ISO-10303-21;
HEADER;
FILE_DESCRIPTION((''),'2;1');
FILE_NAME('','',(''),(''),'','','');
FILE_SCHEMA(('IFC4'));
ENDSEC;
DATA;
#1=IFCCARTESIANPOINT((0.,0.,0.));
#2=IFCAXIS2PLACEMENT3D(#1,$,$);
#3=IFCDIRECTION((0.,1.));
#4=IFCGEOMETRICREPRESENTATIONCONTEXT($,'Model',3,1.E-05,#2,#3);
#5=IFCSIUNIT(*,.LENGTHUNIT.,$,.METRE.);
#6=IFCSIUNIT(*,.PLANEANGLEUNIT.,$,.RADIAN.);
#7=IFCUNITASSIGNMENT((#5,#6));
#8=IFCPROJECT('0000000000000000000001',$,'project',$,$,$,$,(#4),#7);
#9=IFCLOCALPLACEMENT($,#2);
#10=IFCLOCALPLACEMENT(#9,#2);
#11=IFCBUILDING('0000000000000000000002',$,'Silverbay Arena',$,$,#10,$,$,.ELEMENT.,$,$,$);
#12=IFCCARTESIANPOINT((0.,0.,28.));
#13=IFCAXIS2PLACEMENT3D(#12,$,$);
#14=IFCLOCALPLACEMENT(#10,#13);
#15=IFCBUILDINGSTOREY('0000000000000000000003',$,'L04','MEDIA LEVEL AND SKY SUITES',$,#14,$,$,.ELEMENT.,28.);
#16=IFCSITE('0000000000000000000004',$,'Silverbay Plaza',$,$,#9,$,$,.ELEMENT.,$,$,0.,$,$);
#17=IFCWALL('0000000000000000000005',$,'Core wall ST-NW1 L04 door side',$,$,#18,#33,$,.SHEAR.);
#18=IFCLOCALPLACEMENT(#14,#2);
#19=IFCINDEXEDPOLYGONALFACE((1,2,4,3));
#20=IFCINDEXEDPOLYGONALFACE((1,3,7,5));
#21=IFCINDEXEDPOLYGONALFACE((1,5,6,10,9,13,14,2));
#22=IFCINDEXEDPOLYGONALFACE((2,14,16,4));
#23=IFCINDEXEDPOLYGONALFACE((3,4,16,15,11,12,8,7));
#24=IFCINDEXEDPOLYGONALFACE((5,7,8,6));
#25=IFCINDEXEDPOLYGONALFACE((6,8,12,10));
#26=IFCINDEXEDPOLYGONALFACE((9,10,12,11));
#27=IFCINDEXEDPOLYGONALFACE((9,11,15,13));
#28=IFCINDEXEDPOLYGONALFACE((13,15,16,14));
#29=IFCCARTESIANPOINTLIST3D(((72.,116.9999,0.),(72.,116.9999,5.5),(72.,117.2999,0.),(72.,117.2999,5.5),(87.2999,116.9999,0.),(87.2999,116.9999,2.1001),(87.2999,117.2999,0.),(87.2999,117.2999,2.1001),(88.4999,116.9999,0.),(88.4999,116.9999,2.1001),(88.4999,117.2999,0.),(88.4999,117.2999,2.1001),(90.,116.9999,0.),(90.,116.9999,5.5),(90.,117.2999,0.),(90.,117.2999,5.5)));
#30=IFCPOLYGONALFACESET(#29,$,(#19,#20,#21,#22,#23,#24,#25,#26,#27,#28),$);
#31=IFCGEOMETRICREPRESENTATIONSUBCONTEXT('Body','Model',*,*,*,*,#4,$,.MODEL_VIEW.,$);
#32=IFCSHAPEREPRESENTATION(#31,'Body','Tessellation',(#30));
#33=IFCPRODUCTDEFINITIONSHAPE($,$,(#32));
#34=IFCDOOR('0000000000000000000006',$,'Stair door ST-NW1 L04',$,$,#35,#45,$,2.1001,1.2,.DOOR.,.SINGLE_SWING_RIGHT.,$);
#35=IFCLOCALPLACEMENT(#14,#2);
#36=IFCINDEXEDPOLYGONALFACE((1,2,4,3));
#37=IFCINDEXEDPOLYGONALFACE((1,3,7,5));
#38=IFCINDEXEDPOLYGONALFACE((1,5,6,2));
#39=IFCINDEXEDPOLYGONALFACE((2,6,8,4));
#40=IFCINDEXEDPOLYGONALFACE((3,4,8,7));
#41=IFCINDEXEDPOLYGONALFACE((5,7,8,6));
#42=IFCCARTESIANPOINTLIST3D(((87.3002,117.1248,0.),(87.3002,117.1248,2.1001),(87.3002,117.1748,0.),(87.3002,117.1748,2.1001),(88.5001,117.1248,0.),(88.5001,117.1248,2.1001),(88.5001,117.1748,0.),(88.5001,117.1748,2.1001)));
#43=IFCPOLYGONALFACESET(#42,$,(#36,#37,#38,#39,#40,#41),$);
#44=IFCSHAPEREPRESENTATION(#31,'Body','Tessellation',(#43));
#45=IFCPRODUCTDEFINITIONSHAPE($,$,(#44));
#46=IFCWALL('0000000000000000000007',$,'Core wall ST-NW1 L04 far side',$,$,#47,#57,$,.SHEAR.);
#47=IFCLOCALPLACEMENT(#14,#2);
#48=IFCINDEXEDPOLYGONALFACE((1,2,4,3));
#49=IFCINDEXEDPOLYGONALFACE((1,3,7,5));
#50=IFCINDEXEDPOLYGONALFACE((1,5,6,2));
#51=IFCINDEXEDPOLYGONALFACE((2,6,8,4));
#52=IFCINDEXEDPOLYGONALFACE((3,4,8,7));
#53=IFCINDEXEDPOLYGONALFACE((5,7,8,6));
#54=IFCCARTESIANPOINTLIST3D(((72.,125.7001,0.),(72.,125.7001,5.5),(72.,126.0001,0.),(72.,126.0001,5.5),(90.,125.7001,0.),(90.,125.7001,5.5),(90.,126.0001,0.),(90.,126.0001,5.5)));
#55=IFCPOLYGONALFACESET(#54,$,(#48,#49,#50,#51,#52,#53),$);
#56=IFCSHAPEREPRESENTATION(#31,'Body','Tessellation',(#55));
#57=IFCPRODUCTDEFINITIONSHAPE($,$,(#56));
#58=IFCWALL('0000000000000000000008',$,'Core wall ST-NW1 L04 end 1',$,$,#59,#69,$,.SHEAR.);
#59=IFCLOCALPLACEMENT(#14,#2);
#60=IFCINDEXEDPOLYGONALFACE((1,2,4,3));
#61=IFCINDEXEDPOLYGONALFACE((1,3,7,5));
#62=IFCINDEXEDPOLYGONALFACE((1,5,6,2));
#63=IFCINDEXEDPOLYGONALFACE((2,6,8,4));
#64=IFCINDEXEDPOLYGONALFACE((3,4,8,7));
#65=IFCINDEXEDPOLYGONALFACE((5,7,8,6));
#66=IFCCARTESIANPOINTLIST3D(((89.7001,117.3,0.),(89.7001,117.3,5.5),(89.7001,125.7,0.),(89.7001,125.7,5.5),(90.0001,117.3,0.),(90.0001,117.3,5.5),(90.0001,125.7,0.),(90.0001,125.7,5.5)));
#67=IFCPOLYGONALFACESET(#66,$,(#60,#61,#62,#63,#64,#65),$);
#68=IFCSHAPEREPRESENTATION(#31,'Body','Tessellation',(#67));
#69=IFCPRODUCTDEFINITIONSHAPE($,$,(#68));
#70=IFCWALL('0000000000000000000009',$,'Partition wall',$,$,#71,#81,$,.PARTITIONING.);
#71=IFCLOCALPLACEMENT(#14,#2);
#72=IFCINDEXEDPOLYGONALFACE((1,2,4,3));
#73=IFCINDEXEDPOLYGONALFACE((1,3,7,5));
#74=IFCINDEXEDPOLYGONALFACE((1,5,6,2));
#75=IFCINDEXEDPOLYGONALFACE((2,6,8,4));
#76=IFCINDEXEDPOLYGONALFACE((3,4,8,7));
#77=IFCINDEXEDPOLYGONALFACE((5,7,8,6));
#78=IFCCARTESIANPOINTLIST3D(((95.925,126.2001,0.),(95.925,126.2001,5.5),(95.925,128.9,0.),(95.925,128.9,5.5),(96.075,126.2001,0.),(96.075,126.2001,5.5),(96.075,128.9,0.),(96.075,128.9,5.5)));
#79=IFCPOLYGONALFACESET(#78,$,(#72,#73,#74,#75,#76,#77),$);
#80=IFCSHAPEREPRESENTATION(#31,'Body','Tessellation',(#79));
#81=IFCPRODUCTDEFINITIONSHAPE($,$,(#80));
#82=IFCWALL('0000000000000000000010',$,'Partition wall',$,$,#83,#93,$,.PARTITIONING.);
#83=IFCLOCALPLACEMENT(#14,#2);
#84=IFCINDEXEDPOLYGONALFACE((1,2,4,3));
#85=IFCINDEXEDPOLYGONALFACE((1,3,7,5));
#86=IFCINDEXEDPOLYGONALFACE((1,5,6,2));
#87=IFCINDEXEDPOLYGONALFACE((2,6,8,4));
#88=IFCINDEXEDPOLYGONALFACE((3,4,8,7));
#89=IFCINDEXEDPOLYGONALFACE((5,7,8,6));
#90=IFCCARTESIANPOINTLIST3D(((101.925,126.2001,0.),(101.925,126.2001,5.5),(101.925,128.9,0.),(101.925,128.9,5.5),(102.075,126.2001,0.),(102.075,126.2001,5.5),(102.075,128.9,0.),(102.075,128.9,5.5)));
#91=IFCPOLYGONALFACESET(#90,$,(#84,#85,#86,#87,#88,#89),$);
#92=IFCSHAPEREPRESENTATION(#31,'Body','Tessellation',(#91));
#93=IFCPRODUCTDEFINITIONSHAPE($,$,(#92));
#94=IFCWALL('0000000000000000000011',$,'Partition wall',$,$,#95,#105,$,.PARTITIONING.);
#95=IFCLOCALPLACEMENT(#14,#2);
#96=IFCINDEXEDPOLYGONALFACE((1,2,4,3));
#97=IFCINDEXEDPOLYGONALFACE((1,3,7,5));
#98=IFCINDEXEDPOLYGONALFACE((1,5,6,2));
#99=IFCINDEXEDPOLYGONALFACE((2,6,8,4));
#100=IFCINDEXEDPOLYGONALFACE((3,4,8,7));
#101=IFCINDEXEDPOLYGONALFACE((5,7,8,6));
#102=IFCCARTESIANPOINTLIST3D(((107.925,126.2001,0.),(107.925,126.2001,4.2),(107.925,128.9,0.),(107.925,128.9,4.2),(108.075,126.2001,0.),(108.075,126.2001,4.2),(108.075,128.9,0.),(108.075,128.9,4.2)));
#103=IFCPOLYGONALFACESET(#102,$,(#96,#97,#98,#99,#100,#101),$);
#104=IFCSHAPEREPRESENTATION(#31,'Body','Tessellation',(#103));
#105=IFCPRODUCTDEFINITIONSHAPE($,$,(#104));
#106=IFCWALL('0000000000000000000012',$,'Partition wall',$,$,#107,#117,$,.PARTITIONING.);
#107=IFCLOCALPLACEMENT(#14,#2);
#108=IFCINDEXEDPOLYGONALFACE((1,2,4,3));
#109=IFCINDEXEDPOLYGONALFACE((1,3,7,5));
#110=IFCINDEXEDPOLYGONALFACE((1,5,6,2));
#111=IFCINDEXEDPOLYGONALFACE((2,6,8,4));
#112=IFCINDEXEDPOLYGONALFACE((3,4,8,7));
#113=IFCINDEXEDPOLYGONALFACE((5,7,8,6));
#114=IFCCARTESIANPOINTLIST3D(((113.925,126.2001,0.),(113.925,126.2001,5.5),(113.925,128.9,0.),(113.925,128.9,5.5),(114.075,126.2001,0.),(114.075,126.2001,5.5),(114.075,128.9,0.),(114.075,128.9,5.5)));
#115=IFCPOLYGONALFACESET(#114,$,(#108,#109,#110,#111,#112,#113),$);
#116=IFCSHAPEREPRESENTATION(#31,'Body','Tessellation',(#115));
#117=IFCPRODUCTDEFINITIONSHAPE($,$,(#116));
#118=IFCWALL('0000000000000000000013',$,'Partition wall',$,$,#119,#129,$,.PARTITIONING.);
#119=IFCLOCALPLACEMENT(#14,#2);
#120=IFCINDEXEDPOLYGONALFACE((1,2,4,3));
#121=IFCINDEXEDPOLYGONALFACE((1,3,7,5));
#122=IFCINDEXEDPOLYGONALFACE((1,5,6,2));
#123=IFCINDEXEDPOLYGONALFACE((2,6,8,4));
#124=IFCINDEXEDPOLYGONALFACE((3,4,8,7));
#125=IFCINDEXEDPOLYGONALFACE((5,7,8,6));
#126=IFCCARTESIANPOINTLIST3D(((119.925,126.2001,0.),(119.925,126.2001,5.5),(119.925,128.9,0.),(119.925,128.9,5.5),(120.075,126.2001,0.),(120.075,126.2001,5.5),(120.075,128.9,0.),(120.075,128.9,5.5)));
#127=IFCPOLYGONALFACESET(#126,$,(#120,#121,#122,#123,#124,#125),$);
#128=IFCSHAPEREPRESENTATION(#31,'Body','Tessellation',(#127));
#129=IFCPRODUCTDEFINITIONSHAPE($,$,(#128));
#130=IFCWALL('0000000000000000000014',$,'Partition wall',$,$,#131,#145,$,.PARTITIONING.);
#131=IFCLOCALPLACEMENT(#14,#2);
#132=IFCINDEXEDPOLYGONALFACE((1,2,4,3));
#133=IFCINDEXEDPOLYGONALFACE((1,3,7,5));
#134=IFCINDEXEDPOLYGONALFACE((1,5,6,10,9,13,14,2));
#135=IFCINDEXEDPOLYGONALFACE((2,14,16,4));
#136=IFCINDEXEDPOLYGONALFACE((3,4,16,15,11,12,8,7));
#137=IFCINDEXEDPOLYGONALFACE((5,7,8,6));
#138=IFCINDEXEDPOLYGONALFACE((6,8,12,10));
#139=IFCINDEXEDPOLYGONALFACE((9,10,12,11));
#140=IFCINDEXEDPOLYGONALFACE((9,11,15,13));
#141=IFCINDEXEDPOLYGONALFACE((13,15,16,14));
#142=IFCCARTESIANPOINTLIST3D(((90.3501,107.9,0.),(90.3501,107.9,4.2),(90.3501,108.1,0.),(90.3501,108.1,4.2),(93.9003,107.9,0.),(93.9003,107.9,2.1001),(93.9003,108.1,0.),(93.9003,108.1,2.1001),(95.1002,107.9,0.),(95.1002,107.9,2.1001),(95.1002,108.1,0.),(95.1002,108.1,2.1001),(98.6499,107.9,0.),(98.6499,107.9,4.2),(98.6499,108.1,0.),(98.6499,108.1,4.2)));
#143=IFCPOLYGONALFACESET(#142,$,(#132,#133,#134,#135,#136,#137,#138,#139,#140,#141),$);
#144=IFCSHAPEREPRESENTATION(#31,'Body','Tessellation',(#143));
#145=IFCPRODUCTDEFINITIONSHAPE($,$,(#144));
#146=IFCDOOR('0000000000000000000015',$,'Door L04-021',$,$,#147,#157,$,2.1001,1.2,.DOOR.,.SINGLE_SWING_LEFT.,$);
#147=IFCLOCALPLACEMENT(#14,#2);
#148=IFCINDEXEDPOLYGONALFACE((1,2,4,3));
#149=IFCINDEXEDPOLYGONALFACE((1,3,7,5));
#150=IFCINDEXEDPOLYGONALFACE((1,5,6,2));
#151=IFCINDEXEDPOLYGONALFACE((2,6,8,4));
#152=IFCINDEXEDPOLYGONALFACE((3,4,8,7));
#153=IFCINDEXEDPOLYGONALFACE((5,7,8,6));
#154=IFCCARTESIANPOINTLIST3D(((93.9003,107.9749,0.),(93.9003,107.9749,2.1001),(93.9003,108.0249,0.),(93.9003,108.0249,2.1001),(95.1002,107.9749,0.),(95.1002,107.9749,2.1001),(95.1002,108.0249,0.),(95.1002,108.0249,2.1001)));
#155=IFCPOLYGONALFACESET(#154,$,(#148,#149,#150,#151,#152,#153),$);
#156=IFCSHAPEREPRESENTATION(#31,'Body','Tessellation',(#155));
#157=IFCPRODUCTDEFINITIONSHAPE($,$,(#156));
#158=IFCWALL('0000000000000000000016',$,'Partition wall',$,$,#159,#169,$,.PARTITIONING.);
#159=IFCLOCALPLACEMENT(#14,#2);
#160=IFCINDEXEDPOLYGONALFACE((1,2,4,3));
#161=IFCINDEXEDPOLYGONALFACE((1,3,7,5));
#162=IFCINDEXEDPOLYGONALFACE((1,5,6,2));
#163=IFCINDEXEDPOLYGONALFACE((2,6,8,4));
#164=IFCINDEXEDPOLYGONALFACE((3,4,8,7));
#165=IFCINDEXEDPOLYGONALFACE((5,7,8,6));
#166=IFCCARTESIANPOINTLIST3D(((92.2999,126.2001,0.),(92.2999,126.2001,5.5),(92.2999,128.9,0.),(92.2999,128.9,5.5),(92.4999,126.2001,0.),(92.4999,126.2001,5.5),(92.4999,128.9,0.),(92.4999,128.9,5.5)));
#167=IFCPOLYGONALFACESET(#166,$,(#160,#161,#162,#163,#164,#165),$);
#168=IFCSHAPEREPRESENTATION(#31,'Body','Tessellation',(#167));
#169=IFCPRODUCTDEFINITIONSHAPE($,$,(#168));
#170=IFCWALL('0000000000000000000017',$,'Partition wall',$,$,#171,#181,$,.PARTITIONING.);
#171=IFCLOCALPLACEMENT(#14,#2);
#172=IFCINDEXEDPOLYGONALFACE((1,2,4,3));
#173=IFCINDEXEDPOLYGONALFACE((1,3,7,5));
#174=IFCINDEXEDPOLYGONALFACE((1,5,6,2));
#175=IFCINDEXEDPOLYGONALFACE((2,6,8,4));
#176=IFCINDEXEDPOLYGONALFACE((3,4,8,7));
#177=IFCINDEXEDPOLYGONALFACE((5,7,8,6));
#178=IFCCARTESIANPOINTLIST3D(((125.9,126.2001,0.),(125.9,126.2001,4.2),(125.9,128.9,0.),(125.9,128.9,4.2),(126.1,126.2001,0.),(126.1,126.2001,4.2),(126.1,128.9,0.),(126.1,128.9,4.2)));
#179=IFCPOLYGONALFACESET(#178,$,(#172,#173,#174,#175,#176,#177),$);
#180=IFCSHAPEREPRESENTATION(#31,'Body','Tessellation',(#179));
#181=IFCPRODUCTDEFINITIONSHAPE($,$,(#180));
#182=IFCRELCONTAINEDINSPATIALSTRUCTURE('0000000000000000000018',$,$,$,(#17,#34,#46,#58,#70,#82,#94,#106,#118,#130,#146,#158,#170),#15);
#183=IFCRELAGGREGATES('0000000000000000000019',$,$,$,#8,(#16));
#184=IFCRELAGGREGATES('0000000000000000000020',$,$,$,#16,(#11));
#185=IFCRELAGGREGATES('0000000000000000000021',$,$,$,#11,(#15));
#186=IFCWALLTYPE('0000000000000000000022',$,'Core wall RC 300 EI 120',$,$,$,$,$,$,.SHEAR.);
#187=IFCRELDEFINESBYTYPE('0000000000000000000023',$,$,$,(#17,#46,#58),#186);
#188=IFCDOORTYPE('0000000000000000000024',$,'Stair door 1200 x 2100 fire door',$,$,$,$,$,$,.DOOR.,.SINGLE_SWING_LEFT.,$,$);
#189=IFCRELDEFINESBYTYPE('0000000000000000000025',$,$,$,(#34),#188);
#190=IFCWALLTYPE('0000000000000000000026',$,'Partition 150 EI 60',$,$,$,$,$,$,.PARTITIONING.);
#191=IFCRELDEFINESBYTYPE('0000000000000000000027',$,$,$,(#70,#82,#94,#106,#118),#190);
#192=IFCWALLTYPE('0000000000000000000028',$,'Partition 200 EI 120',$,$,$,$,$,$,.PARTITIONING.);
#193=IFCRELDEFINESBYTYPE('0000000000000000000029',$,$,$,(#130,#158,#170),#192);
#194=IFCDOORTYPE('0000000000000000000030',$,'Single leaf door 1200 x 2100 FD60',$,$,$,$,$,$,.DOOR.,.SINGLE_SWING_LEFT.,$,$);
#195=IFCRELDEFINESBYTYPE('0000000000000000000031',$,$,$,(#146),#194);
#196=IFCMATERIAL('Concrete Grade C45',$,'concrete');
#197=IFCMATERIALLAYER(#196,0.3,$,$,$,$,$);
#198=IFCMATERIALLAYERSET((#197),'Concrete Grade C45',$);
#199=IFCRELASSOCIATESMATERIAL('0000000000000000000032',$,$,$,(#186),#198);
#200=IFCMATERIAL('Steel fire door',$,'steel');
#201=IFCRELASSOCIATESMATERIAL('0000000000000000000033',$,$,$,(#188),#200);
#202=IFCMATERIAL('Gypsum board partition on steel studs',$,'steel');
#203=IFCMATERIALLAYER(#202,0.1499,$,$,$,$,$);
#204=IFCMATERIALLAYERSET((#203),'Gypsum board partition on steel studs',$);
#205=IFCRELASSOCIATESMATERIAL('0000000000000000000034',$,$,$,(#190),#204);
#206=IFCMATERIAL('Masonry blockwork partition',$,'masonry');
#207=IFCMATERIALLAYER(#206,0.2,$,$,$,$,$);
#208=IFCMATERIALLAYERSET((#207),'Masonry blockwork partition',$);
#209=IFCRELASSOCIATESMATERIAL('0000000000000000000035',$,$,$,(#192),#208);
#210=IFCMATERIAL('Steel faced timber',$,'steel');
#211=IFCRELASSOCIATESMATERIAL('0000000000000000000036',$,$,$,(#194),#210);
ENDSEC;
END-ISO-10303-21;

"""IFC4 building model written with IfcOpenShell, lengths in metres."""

from ifc_helpers import new_model, si_unit, direction, frame, frame_2d, origin, place, context, subcontext, project, spatial, rectangle, extrude, material, layer, layer_set, type_object, element, fill, save


model = new_model("IFC4")

# Units and contexts
model_context = context("Model", 3, precision=1e-05, world=origin(), true_north=direction((0.0, 1.0)))
body_context = subcontext(model_context, "Body", "Model", "MODEL_VIEW")
ifc_project = project(units=[si_unit("LENGTHUNIT", "METRE"), si_unit("PLANEANGLEUNIT", "RADIAN")], contexts=[model_context])

# Site, building, storey
site_placement = place(None, origin())
site = spatial("IfcSite", under=ifc_project, at=site_placement, Name="Silverbay Plaza", CompositionType="ELEMENT", RefElevation=0.0)
building_placement = place(site_placement, origin())
building = spatial("IfcBuilding", under=site, at=building_placement, Name="Silverbay Arena", CompositionType="ELEMENT")
storey_placement = place(building_placement, frame((0.0, 0.0, 28.0)))
storey = spatial("IfcBuildingStorey", under=building, at=storey_placement, Name="L04", Description="MEDIA LEVEL AND SKY SUITES", CompositionType="ELEMENT", Elevation=28.0)

# Wall, opening, door
ifc_material_1 = material(Name="Concrete Grade C45", Category="concrete")
ifc_layer_1 = layer(ifc_material_1, 0.3)
ifc_layer_set_1 = layer_set([ifc_layer_1], Name="Concrete Grade C45")
wall_type_1 = type_object("IfcWallType", Name="Core wall RC 300 EI 120", PredefinedType="SHEAR", material=ifc_layer_set_1)
wall_1_placement = place(storey_placement, frame((90.0, 117.1499, 0.0), z_axis=(0.0, 0.0, 1.0), x_axis=(-1.0, 0.0, 0.0)))
wall_1 = element("IfcWall", 1, at=wall_1_placement, inside=storey, type_object=wall_type_1, Name="Core wall ST-NW1 L04 door side", PredefinedType="SHEAR", context=body_context, shape_type="SweptSolid", body=[
    extrude(rectangle(XDim=18.0, YDim=0.3, at=frame_2d((9.0, 0.0))), origin(), (0.0, 0.0, 1.0), 5.5),
])
opening_1_placement = place(wall_1_placement, frame((1.5, 0.0, 0.0)))
opening_1 = element("IfcOpeningElement", 2, at=opening_1_placement, cuts=wall_1, PredefinedType="OPENING", context=body_context, shape_type="SweptSolid", body=[
    extrude(rectangle(XDim=1.2, YDim=2.1001, at=frame_2d((0.6001, 1.05))), frame((0.0, 0.1602, 0.0), z_axis=(0.0, -1.0, 0.0), x_axis=(1.0, 0.0, 0.0)), (0.0, 0.0, 1.0), 0.3201),
])
ifc_material_2 = material(Name="Steel fire door", Category="steel")
door_type_1 = type_object("IfcDoorType", Name="Stair door 1200 x 2100 fire door", OperationType="SINGLE_SWING_LEFT", PredefinedType="DOOR", material=ifc_material_2)
door_1_placement = place(opening_1_placement, frame((1.2, 0.0, 0.0), z_axis=(0.0, 0.0, 1.0), x_axis=(-1.0, 0.0, 0.0)))
door_1 = element("IfcDoor", 3, at=door_1_placement, inside=storey, type_object=door_type_1, Name="Stair door ST-NW1 L04", OperationType="SINGLE_SWING_RIGHT", OverallHeight=2.1001, OverallWidth=1.2, PredefinedType="DOOR", context=body_context, shape_type="SweptSolid", body=[
    extrude(rectangle(XDim=1.2, YDim=2.1001, at=frame_2d((0.6001, 1.05))), frame((0.0, 0.0249, 0.0), z_axis=(0.0, -1.0, 0.0), x_axis=(1.0, 0.0, 0.0)), (0.0, 0.0, 1.0), 0.05),
])
fill(opening_1, door_1)

# Walls
wall_2_placement = place(storey_placement, frame((90.0, 125.8501, 0.0), z_axis=(0.0, 0.0, 1.0), x_axis=(-1.0, 0.0, 0.0)))
element("IfcWall", 4, at=wall_2_placement, inside=storey, type_object=wall_type_1, Name="Core wall ST-NW1 L04 far side", PredefinedType="SHEAR", context=body_context, shape_type="SweptSolid", body=[
    extrude(rectangle(XDim=18.0, YDim=0.3, at=frame_2d((9.0, 0.0))), origin(), (0.0, 0.0, 1.0), 5.5),
])
wall_3_placement = place(storey_placement, frame((89.8501, 117.3, 0.0), z_axis=(0.0, 0.0, 1.0), x_axis=(0.0, 1.0, 0.0)))
element("IfcWall", 5, at=wall_3_placement, inside=storey, type_object=wall_type_1, Name="Core wall ST-NW1 L04 end 1", PredefinedType="SHEAR", context=body_context, shape_type="SweptSolid", body=[
    extrude(rectangle(XDim=8.3999, YDim=0.3, at=frame_2d((4.2, 0.0))), origin(), (0.0, 0.0, 1.0), 5.5),
])
ifc_material_3 = material(Name="Gypsum board partition on steel studs", Category="steel")
ifc_layer_2 = layer(ifc_material_3, 0.1499)
ifc_layer_set_2 = layer_set([ifc_layer_2], Name="Gypsum board partition on steel studs")
wall_type_2 = type_object("IfcWallType", Name="Partition 150 EI 60", PredefinedType="PARTITIONING", material=ifc_layer_set_2)
for number, where, z_axis, x_axis, name in (
    (6, (96.0, 126.2, 0.0), (0.0, 0.0, 1.0), (0.0, 1.0, 0.0), "Partition wall"),
    (7, (102.0, 126.2, 0.0), (0.0, 0.0, 1.0), (0.0, 1.0, 0.0), "Partition wall"),
):
    element("IfcWall", number, at=place(storey_placement, frame(where, z_axis=z_axis, x_axis=x_axis)), inside=storey, type_object=wall_type_2, Name=name, PredefinedType="PARTITIONING", context=body_context, shape_type="SweptSolid", body=[
        extrude(rectangle(XDim=2.7, YDim=0.1499, at=frame_2d((1.3501, 0.0))), origin(), (0.0, 0.0, 1.0), 5.5),
    ])
wall_4_placement = place(storey_placement, frame((108.0, 126.2, 0.0), z_axis=(0.0, 0.0, 1.0), x_axis=(0.0, 1.0, 0.0)))
element("IfcWall", 8, at=wall_4_placement, inside=storey, type_object=wall_type_2, Name="Partition wall", PredefinedType="PARTITIONING", context=body_context, shape_type="SweptSolid", body=[
    extrude(rectangle(XDim=2.7, YDim=0.1499, at=frame_2d((1.3501, 0.0))), origin(), (0.0, 0.0, 1.0), 4.2),
])
for number, where, z_axis, x_axis, name in (
    (9, (114.0, 126.2, 0.0), (0.0, 0.0, 1.0), (0.0, 1.0, 0.0), "Partition wall"),
    (10, (120.0, 126.2, 0.0), (0.0, 0.0, 1.0), (0.0, 1.0, 0.0), "Partition wall"),
):
    element("IfcWall", number, at=place(storey_placement, frame(where, z_axis=z_axis, x_axis=x_axis)), inside=storey, type_object=wall_type_2, Name=name, PredefinedType="PARTITIONING", context=body_context, shape_type="SweptSolid", body=[
        extrude(rectangle(XDim=2.7, YDim=0.1499, at=frame_2d((1.3501, 0.0))), origin(), (0.0, 0.0, 1.0), 5.5),
    ])

# Wall, opening, door
ifc_material_4 = material(Name="Masonry blockwork partition", Category="masonry")
ifc_layer_3 = layer(ifc_material_4, 0.2)
ifc_layer_set_3 = layer_set([ifc_layer_3], Name="Masonry blockwork partition")
wall_type_3 = type_object("IfcWallType", Name="Partition 200 EI 120", PredefinedType="PARTITIONING", material=ifc_layer_set_3)
wall_5_placement = place(storey_placement, frame((90.3501, 108.0, 0.0), z_axis=(0.0, 0.0, 1.0), x_axis=(1.0, 0.0, 0.0)))
wall_5 = element("IfcWall", 11, at=wall_5_placement, inside=storey, type_object=wall_type_3, Name="Partition wall", PredefinedType="PARTITIONING", context=body_context, shape_type="SweptSolid", body=[
    extrude(rectangle(XDim=8.2998, YDim=0.2, at=frame_2d((4.1499, 0.0))), origin(), (0.0, 0.0, 1.0), 4.2),
])
opening_2_placement = place(wall_5_placement, frame((3.55, 0.0, 0.0)))
opening_2 = element("IfcOpeningElement", 12, at=opening_2_placement, cuts=wall_5, PredefinedType="OPENING", context=body_context, shape_type="SweptSolid", body=[
    extrude(rectangle(XDim=1.2, YDim=2.1001, at=frame_2d((0.6001, 1.05))), frame((0.0, 0.1099, 0.0), z_axis=(0.0, -1.0, 0.0), x_axis=(1.0, 0.0, 0.0)), (0.0, 0.0, 1.0), 0.22),
])
ifc_material_5 = material(Name="Steel faced timber", Category="steel")
door_type_2 = type_object("IfcDoorType", Name="Single leaf door 1200 x 2100 FD60", OperationType="SINGLE_SWING_LEFT", PredefinedType="DOOR", material=ifc_material_5)
door_2_placement = place(opening_2_placement, origin())
door_2 = element("IfcDoor", 13, at=door_2_placement, inside=storey, type_object=door_type_2, Name="Door L04-021", OperationType="SINGLE_SWING_LEFT", OverallHeight=2.1001, OverallWidth=1.2, PredefinedType="DOOR", context=body_context, shape_type="SweptSolid", body=[
    extrude(rectangle(XDim=1.2, YDim=2.1001, at=frame_2d((0.6001, 1.05))), frame((0.0, 0.0249, 0.0), z_axis=(0.0, -1.0, 0.0), x_axis=(1.0, 0.0, 0.0)), (0.0, 0.0, 1.0), 0.05),
])
fill(opening_2, door_2)

# Walls
wall_6_placement = place(storey_placement, frame((92.3999, 126.2, 0.0), z_axis=(0.0, 0.0, 1.0), x_axis=(0.0, 1.0, 0.0)))
element("IfcWall", 14, at=wall_6_placement, inside=storey, type_object=wall_type_3, Name="Partition wall", PredefinedType="PARTITIONING", context=body_context, shape_type="SweptSolid", body=[
    extrude(rectangle(XDim=2.7, YDim=0.2, at=frame_2d((1.3501, 0.0))), origin(), (0.0, 0.0, 1.0), 5.5),
])
wall_7_placement = place(storey_placement, frame((126.0, 126.2, 0.0), z_axis=(0.0, 0.0, 1.0), x_axis=(0.0, 1.0, 0.0)))
element("IfcWall", 15, at=wall_7_placement, inside=storey, type_object=wall_type_3, Name="Partition wall", PredefinedType="PARTITIONING", context=body_context, shape_type="SweptSolid", body=[
    extrude(rectangle(XDim=2.7, YDim=0.2, at=frame_2d((1.3501, 0.0))), origin(), (0.0, 0.0, 1.0), 4.2),
])

save(model, "model.ifc")
